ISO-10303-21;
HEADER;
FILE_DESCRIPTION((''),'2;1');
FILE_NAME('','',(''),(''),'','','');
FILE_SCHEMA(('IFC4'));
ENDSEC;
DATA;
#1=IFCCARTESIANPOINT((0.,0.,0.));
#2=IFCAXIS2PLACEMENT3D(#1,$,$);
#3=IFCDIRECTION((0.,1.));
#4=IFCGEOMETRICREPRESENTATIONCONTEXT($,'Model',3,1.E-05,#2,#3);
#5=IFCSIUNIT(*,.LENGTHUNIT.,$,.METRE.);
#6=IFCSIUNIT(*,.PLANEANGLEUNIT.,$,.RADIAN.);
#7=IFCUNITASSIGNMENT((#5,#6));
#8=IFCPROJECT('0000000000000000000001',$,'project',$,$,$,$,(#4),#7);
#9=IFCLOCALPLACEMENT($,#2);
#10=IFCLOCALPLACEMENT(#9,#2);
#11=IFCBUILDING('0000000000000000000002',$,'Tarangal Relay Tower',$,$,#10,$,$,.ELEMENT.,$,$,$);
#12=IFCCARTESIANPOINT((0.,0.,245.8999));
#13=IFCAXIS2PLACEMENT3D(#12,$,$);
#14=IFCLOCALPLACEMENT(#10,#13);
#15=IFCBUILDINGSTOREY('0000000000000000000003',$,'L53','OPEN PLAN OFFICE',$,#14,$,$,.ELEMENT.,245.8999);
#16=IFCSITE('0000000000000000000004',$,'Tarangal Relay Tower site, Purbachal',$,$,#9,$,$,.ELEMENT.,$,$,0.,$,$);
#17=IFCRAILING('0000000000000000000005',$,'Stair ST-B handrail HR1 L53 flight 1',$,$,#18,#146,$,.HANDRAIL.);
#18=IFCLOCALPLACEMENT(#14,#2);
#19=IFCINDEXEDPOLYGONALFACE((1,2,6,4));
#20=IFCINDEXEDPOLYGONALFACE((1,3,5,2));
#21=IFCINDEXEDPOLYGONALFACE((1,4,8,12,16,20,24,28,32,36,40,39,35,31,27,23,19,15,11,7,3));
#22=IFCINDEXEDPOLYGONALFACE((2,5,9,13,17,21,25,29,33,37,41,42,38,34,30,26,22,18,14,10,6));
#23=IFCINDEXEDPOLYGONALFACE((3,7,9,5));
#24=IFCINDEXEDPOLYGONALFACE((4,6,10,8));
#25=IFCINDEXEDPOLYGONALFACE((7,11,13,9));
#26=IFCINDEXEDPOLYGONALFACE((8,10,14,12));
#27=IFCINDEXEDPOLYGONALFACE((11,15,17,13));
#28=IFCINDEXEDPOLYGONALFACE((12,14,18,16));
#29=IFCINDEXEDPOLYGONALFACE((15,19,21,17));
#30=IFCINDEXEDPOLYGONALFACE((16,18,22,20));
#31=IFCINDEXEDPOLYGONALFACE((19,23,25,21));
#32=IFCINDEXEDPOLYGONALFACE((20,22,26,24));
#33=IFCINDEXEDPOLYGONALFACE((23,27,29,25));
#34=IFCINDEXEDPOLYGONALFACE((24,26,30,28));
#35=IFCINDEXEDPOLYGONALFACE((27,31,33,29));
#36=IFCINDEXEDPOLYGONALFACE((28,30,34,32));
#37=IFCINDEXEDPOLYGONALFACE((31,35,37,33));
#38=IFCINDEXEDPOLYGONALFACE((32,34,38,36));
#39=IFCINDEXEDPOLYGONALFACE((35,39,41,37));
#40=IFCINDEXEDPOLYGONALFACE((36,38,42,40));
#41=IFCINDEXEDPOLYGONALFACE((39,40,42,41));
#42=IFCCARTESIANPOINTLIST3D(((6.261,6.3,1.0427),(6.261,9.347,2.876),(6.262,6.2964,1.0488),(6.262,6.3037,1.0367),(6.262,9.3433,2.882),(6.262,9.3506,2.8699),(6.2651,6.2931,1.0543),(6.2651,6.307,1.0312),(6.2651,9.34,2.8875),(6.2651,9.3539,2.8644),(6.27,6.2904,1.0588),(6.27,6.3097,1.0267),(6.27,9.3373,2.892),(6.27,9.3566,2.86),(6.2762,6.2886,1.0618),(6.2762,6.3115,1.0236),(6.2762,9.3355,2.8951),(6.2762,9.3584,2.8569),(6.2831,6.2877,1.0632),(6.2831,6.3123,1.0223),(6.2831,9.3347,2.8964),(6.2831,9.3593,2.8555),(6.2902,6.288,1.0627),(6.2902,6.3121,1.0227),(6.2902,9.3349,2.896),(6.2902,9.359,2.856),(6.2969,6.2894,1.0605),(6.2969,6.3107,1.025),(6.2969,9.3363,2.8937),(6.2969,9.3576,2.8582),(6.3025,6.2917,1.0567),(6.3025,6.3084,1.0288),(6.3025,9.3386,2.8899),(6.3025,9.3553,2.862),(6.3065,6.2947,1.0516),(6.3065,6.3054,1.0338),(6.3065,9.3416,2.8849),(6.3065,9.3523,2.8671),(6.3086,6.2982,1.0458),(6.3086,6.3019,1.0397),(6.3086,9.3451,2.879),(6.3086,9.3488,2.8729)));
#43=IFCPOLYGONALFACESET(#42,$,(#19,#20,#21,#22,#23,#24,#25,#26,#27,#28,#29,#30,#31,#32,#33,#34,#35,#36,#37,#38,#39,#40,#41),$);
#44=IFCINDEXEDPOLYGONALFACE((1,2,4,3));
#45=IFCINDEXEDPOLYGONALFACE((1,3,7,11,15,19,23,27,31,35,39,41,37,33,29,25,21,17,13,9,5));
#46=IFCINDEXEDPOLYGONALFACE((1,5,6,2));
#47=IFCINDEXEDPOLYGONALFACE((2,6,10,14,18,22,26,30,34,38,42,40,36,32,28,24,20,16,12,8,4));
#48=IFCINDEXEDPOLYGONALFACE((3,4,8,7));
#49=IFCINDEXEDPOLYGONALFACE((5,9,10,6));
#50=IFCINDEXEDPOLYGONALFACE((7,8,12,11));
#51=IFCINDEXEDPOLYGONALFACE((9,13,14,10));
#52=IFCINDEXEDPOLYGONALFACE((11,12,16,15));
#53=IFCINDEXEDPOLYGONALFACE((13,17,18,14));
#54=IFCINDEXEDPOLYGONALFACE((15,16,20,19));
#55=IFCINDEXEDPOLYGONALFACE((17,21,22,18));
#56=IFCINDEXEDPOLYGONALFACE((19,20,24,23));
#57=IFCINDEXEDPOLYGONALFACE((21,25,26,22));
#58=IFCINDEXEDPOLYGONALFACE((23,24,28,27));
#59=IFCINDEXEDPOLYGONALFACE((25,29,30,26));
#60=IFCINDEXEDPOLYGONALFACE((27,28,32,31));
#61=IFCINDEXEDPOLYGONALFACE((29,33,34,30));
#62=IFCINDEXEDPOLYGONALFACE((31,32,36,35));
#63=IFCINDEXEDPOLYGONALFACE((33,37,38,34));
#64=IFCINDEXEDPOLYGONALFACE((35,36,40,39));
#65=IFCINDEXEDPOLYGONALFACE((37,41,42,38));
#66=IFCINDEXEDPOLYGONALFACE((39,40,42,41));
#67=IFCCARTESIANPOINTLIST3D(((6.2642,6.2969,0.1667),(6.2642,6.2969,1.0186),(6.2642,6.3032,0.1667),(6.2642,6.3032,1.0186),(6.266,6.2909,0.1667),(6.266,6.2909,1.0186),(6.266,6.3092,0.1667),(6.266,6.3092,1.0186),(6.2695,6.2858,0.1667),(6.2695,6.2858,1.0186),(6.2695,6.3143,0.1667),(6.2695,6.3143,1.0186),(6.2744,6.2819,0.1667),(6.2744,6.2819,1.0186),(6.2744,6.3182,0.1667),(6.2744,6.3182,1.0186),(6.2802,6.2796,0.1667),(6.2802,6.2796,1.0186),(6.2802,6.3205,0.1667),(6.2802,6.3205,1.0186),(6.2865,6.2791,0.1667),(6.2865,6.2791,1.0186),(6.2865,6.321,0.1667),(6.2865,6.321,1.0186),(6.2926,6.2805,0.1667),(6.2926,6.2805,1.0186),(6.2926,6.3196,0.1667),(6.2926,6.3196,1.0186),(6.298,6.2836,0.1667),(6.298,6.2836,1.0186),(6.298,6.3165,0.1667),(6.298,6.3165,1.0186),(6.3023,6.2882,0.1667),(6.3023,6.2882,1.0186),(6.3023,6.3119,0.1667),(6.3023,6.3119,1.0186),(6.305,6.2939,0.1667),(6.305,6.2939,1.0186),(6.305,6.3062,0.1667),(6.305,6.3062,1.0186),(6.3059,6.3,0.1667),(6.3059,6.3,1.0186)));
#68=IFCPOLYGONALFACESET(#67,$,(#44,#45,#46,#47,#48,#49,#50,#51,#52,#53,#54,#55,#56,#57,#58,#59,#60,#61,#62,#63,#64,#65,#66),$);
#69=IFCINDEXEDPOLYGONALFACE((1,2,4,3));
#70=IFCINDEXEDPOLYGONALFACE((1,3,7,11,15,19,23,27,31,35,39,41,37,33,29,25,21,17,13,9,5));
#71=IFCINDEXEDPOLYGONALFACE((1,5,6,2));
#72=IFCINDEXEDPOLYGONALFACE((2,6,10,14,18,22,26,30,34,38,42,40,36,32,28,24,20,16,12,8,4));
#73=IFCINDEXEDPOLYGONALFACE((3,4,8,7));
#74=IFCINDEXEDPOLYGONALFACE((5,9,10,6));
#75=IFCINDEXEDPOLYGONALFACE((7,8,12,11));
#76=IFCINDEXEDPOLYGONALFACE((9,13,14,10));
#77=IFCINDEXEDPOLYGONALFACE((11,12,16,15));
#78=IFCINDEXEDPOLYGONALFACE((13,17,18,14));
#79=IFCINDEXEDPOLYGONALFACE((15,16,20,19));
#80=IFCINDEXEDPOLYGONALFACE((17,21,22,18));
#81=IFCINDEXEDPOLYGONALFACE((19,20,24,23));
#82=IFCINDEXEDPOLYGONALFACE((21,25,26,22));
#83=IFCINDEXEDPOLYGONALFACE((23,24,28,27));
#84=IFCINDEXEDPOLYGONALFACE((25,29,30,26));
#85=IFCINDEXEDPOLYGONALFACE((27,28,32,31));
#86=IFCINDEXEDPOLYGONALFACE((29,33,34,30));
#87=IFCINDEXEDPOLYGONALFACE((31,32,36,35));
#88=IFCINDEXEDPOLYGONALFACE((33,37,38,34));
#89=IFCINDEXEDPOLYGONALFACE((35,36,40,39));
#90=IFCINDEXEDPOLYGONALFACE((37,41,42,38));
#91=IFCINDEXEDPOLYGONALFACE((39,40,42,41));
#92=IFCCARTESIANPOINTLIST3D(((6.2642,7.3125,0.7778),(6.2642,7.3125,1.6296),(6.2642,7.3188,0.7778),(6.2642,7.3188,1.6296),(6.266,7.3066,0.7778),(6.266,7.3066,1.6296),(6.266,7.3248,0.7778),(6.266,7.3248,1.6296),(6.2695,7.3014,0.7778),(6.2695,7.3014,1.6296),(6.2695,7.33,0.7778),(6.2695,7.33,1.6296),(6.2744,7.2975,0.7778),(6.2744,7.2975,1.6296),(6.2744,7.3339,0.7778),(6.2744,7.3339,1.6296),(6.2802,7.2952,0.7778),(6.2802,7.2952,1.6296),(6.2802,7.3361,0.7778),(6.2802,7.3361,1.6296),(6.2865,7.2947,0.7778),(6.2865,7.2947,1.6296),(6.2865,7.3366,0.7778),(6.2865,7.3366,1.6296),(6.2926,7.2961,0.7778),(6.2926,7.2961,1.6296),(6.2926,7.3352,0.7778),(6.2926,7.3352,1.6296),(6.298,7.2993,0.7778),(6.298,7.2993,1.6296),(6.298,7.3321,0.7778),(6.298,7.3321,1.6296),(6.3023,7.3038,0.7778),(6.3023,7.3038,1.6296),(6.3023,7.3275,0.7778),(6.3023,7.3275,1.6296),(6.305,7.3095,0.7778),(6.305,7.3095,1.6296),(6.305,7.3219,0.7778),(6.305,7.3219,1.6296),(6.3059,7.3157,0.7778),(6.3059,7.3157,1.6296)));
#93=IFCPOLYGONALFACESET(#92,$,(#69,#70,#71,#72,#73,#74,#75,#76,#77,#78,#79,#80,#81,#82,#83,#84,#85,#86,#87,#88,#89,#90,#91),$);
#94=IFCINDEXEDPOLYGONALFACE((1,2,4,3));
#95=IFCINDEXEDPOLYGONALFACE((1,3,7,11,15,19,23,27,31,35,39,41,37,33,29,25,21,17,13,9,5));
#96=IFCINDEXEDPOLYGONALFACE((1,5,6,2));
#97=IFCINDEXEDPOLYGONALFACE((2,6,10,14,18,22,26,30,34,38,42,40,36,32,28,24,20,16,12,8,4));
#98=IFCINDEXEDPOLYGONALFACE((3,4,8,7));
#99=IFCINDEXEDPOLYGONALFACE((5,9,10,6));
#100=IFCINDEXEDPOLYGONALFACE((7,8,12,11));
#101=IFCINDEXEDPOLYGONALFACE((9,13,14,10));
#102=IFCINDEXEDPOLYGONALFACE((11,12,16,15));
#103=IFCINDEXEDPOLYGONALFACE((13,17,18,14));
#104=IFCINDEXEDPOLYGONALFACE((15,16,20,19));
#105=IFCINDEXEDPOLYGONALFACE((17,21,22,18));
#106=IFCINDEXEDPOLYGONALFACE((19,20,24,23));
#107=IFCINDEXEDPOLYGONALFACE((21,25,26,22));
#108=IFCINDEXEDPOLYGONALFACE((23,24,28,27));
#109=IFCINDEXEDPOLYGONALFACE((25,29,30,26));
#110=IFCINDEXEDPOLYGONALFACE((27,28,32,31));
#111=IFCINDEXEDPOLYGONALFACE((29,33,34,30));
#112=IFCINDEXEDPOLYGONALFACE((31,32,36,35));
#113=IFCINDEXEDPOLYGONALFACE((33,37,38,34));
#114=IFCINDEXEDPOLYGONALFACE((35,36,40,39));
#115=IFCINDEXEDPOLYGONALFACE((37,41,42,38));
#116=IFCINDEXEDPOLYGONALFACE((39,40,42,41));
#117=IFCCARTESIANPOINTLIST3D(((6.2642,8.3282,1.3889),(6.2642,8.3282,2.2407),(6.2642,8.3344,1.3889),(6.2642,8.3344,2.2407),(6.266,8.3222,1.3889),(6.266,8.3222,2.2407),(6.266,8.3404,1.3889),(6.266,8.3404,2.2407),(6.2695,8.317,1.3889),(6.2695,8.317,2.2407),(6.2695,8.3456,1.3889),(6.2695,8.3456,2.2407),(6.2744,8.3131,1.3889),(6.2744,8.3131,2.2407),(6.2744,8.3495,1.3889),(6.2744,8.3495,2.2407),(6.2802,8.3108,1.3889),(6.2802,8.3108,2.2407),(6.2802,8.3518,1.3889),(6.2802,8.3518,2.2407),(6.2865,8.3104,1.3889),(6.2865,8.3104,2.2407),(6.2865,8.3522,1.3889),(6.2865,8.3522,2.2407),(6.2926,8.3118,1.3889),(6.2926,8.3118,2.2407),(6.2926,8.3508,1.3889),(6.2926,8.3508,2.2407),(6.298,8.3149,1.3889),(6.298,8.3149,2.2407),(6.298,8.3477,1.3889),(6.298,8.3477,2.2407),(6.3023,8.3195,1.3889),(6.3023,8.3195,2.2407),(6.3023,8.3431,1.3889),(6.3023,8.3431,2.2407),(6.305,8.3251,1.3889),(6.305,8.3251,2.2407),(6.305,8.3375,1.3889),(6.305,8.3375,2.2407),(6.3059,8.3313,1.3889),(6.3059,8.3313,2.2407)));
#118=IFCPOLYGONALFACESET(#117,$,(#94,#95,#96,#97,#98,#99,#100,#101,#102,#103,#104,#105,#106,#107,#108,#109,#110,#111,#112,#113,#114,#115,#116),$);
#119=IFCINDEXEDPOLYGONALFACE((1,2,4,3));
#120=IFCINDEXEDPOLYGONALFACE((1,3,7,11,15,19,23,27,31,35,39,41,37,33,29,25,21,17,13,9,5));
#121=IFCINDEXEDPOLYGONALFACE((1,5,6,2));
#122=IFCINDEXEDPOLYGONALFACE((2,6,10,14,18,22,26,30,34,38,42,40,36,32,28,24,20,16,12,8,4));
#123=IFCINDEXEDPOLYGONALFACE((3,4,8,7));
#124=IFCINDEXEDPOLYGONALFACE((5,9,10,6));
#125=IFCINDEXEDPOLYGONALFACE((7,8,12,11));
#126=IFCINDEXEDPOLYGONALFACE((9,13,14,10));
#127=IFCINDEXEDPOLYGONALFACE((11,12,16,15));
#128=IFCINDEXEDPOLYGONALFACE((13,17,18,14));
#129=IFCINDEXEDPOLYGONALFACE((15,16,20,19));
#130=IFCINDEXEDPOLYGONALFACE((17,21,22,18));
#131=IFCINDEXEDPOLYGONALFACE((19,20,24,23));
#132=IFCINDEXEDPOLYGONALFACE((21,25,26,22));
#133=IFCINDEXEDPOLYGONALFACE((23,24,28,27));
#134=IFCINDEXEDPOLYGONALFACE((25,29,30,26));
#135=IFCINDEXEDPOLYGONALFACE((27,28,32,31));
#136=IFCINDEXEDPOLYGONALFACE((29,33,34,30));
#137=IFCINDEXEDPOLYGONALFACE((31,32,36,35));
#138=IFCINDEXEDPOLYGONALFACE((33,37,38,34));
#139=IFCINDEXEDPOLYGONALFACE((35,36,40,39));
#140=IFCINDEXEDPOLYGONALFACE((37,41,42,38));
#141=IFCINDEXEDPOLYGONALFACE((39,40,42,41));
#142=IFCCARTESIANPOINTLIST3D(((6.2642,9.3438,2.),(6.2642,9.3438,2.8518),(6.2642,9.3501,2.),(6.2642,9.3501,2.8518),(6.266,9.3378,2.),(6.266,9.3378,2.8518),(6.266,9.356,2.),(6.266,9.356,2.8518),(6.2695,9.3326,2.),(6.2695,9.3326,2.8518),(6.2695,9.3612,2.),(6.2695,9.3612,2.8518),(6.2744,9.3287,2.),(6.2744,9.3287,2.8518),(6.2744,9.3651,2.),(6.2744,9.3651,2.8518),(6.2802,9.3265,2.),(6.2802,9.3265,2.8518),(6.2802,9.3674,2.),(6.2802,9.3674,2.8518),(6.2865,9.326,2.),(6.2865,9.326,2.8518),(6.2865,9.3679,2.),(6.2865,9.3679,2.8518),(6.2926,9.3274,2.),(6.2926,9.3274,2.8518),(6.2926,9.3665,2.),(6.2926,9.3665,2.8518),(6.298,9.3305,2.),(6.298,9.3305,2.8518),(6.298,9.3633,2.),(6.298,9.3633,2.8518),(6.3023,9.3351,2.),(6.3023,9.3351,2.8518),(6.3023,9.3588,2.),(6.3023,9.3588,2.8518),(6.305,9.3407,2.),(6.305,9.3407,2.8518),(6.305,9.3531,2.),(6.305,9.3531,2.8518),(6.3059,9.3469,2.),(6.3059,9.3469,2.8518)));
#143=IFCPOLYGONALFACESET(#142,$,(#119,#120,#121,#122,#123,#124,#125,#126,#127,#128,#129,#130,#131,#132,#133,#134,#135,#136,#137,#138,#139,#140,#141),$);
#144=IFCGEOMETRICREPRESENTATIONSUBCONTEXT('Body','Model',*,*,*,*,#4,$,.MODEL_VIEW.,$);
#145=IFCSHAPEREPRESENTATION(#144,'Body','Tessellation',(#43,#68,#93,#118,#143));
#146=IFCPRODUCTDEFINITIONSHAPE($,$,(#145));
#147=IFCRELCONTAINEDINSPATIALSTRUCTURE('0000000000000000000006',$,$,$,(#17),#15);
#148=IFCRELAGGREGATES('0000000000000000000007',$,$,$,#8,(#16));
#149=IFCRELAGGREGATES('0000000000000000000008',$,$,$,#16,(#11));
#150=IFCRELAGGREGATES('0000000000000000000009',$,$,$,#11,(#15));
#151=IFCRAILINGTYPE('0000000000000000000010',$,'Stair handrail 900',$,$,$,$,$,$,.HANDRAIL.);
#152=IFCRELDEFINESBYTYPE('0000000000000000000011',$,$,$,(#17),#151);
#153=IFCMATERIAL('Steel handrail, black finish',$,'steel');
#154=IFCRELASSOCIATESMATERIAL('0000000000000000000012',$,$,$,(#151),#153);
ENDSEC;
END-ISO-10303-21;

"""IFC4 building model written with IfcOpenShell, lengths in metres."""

from ifc_helpers import new_model, si_unit, direction, frame, origin, origin_2d, place, context, subcontext, project, spatial, circle, extrude, material, type_object, element, save


model = new_model("IFC4")

# Units and contexts
model_context = context("Model", 3, precision=1e-05, world=origin(), true_north=direction((0.0, 1.0)))
body_context = subcontext(model_context, "Body", "Model", "MODEL_VIEW")
ifc_project = project(units=[si_unit("LENGTHUNIT", "METRE"), si_unit("PLANEANGLEUNIT", "RADIAN")], contexts=[model_context])

# Site, building, storey
site_placement = place(None, origin())
site = spatial("IfcSite", under=ifc_project, at=site_placement, Name="Tarangal Relay Tower site, Purbachal", CompositionType="ELEMENT", RefElevation=0.0)
building_placement = place(site_placement, origin())
building = spatial("IfcBuilding", under=site, at=building_placement, Name="Tarangal Relay Tower", CompositionType="ELEMENT")
storey_placement = place(building_placement, frame((0.0, 0.0, 245.8999)))
storey = spatial("IfcBuildingStorey", under=building, at=storey_placement, Name="L53", Description="OPEN PLAN OFFICE", CompositionType="ELEMENT", Elevation=245.8999)

# Railing
ifc_material_1 = material(Name="Steel handrail, black finish", Category="steel")
railing_type_1 = type_object("IfcRailingType", Name="Stair handrail 900", PredefinedType="HANDRAIL", material=ifc_material_1)
railing_1_placement = place(storey_placement, frame((6.2849, 6.3, 0.1667)))
element("IfcRailing", 1, at=railing_1_placement, inside=storey, type_object=railing_type_1, Name="Stair ST-B handrail HR1 L53 flight 1", PredefinedType="HANDRAIL", context=body_context, shape_type="SweptSolid", body=[
    extrude(circle(Radius=0.0239, at=origin_2d()), frame((0.0, 0.0, 0.876), z_axis=(0.0, 0.856856, 0.515556), x_axis=(-1.0, 0.0, 0.0)), (0.0, 0.0, 1.0), 3.5559),
    extrude(circle(Radius=0.021, at=origin_2d()), origin(), (0.0, 0.0, 1.0), 0.8518),
    extrude(circle(Radius=0.021, at=origin_2d()), frame((0.0, 1.0156, 0.6111)), (0.0, 0.0, 1.0), 0.8518),
    extrude(circle(Radius=0.021, at=origin_2d()), frame((0.0, 2.0312, 1.2222)), (0.0, 0.0, 1.0), 0.8518),
    extrude(circle(Radius=0.021, at=origin_2d()), frame((0.0, 3.0469, 1.8333)), (0.0, 0.0, 1.0), 0.8518),
])

save(model, "model.ifc")
